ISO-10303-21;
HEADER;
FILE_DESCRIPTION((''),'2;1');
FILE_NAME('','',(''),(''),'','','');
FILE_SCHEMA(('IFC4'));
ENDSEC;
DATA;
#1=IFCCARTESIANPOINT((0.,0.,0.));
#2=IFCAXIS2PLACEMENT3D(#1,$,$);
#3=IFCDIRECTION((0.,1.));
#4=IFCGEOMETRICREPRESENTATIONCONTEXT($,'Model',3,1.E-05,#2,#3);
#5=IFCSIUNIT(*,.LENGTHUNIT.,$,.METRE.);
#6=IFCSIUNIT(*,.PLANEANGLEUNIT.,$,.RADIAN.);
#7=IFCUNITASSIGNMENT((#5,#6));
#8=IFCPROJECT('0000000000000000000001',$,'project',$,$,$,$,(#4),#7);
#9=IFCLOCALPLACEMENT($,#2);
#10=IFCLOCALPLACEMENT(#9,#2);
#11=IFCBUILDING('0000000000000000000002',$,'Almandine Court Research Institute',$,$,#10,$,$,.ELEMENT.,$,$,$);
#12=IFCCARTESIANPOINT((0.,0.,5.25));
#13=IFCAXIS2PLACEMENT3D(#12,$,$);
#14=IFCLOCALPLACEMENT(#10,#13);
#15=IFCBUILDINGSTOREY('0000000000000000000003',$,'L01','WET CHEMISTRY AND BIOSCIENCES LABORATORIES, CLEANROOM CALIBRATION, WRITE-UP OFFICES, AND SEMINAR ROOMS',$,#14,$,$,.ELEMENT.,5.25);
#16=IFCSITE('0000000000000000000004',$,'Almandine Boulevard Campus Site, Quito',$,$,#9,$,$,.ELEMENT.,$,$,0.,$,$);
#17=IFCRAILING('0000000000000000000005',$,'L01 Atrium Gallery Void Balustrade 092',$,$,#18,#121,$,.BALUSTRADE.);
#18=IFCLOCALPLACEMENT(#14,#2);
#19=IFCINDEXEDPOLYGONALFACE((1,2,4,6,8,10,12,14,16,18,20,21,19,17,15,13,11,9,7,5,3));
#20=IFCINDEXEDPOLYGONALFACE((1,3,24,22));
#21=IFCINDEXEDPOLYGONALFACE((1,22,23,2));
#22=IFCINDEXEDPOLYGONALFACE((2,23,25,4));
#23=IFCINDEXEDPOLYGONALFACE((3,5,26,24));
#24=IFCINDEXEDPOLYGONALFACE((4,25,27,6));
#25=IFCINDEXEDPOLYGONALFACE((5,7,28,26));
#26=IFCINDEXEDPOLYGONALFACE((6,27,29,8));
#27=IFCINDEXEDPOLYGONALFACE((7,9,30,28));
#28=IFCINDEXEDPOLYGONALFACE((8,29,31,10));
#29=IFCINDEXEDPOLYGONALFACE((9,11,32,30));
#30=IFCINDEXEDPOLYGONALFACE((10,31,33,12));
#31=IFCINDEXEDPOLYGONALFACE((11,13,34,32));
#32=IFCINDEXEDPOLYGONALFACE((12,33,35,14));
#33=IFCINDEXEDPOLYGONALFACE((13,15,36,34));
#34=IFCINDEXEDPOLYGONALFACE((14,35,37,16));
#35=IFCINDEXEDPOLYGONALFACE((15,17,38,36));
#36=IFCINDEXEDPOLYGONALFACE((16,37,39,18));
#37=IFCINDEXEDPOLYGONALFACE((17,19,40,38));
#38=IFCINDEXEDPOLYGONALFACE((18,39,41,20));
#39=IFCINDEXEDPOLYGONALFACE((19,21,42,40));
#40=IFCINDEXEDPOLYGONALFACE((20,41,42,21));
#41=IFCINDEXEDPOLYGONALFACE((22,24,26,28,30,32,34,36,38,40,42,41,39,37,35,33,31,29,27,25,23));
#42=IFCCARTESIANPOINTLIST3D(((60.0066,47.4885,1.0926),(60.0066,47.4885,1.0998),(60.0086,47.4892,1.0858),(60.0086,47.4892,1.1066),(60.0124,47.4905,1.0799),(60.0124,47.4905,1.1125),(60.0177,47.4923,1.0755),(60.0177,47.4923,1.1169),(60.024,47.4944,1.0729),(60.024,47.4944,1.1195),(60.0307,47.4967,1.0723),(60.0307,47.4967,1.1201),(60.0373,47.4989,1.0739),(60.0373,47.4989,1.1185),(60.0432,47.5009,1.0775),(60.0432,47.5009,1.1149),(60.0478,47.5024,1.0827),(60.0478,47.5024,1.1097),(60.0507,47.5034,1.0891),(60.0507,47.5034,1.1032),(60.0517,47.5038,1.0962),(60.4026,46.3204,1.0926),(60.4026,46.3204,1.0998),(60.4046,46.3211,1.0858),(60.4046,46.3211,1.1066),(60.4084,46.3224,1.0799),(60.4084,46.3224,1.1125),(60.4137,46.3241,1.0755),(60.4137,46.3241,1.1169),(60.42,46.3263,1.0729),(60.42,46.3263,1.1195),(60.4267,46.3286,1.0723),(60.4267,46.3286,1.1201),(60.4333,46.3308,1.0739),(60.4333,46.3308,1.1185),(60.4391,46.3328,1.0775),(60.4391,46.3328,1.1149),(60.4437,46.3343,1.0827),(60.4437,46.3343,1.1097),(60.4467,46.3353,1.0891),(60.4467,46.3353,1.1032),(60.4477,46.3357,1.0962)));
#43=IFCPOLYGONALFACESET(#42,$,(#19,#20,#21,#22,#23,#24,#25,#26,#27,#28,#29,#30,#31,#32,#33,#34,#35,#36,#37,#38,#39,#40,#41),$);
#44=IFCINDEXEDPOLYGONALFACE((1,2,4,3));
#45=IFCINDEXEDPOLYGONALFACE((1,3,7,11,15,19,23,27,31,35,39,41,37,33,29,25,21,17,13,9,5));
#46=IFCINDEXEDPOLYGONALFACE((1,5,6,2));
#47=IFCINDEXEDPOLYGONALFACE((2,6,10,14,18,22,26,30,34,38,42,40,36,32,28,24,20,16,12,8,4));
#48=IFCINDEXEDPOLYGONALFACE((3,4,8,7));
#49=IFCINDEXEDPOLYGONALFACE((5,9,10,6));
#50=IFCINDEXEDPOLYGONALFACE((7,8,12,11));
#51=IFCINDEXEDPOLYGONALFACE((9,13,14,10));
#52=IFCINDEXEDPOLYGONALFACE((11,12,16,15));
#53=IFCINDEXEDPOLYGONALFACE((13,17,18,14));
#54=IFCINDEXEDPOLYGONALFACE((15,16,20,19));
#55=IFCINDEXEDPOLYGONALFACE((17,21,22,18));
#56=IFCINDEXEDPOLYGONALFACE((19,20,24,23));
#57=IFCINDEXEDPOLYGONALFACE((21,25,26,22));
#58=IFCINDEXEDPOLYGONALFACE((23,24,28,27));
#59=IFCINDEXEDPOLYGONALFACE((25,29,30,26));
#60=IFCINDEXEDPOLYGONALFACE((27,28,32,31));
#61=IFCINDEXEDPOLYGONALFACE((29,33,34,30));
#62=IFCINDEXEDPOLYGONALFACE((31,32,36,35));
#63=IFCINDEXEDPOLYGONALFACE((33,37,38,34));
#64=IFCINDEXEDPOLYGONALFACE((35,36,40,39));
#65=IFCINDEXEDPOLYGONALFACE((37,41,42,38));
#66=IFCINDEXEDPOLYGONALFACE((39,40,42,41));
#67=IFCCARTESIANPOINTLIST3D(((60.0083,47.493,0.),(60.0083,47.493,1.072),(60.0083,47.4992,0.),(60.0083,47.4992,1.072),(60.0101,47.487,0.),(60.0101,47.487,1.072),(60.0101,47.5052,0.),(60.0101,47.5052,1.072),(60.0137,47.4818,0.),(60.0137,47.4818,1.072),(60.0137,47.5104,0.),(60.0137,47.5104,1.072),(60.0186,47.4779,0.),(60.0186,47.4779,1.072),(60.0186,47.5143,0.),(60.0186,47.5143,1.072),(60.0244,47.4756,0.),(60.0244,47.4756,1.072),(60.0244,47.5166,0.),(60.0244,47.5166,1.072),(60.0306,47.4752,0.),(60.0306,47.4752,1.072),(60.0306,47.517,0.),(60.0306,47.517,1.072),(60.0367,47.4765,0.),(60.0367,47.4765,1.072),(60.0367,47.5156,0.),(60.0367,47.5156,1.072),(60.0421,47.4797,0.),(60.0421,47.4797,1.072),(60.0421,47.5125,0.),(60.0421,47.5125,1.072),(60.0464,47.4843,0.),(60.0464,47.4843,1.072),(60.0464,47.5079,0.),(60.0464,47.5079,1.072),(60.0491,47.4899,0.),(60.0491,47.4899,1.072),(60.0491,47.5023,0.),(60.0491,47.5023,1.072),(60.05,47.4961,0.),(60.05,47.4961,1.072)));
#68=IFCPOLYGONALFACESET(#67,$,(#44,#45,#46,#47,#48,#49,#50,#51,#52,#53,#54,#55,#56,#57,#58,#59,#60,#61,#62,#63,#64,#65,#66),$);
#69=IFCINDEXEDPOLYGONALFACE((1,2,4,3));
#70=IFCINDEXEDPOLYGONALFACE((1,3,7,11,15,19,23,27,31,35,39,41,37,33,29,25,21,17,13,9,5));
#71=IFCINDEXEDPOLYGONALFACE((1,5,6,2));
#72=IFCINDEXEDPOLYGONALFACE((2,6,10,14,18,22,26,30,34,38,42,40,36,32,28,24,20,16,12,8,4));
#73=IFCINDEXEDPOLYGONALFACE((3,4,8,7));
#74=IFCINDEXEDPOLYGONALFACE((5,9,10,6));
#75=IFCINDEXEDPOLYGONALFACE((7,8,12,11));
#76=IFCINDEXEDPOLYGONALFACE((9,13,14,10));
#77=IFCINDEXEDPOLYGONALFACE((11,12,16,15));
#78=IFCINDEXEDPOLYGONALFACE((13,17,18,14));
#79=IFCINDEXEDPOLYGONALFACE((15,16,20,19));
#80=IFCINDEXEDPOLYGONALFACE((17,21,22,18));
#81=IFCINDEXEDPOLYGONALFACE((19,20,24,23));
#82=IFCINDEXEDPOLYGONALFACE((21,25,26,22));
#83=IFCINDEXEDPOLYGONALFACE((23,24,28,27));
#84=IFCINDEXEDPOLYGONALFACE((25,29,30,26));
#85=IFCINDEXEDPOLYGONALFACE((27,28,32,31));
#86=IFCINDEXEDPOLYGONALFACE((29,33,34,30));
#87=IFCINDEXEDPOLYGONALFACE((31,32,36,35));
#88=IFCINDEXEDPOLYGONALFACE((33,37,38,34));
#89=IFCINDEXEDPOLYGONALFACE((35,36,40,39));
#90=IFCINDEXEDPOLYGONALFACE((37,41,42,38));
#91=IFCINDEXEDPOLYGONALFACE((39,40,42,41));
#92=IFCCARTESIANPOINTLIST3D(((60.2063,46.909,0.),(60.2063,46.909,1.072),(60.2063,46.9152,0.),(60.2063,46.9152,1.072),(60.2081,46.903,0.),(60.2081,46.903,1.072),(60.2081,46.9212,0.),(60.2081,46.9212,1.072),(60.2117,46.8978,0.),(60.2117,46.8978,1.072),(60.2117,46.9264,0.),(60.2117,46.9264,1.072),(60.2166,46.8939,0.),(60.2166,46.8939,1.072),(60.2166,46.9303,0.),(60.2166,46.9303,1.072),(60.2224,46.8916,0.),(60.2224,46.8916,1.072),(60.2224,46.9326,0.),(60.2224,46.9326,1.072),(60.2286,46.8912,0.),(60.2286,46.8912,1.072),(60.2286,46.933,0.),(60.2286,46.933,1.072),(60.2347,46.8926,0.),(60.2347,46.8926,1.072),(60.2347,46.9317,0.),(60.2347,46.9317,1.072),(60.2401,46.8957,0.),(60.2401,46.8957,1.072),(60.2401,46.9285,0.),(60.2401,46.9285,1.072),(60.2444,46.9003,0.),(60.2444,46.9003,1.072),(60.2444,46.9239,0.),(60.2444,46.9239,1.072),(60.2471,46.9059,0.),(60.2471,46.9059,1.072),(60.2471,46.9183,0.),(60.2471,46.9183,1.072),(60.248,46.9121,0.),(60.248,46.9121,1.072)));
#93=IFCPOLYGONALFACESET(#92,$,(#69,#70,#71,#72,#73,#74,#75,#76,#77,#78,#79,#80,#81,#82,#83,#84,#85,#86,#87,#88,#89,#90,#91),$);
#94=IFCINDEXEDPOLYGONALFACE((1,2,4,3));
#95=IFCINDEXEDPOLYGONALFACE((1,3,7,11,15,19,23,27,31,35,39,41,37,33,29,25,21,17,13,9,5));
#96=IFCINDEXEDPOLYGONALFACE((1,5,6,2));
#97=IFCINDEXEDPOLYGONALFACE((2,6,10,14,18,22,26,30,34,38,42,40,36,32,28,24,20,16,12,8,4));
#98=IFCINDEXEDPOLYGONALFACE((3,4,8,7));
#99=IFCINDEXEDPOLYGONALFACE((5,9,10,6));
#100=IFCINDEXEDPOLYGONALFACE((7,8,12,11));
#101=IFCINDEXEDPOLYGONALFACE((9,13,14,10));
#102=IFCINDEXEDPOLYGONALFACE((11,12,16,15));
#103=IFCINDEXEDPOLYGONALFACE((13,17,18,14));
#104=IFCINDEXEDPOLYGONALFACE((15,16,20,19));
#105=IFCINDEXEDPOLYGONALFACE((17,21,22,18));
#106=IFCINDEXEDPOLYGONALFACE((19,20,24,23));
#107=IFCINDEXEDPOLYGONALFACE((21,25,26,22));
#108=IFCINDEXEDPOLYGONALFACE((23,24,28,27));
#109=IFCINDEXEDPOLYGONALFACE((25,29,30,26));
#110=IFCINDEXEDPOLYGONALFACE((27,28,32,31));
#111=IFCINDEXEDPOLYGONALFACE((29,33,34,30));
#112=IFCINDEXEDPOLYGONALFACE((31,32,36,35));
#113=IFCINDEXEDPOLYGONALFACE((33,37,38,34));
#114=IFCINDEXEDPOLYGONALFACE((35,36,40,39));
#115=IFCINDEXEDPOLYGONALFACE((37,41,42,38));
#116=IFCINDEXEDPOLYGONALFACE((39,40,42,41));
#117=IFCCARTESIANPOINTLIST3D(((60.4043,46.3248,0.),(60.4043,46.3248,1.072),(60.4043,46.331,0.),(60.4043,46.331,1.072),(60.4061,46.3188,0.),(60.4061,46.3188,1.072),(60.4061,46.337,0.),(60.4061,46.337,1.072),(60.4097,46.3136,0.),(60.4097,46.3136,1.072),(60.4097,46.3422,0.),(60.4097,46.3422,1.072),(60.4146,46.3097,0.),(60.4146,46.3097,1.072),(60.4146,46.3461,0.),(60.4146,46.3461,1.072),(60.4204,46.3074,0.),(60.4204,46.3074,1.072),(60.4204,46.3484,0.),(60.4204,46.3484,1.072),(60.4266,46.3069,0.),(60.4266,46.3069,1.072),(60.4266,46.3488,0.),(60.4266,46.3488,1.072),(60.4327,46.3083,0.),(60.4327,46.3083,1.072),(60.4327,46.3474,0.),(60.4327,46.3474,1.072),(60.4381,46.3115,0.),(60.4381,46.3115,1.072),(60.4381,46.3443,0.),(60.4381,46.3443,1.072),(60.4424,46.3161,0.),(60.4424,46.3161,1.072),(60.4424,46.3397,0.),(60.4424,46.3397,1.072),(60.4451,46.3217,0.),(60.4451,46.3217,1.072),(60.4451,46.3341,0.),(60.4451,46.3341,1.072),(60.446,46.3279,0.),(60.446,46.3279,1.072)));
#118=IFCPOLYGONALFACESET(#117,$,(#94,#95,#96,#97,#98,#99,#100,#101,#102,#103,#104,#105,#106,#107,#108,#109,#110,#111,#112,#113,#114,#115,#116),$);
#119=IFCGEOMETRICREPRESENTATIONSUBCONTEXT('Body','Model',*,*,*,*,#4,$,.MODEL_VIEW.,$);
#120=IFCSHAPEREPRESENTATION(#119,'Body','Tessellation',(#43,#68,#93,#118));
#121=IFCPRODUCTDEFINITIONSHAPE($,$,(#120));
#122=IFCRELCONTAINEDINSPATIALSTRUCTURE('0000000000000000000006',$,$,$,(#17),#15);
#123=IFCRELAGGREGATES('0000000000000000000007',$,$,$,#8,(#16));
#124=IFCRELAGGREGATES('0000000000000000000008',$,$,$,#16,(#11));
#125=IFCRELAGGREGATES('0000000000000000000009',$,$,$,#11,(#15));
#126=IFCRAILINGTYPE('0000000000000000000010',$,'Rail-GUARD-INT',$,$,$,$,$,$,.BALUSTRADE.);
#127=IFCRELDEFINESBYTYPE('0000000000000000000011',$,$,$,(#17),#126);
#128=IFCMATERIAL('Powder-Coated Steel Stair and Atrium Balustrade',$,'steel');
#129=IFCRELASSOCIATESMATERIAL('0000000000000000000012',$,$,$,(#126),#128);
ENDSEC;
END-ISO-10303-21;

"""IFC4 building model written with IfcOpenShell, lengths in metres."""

from ifc_helpers import new_model, si_unit, direction, frame, origin, origin_2d, place, context, subcontext, project, spatial, circle, extrude, material, type_object, element, save


model = new_model("IFC4")

# Units and contexts
model_context = context("Model", 3, precision=1e-05, world=origin(), true_north=direction((0.0, 1.0)))
body_context = subcontext(model_context, "Body", "Model", "MODEL_VIEW")
ifc_project = project(units=[si_unit("LENGTHUNIT", "METRE"), si_unit("PLANEANGLEUNIT", "RADIAN")], contexts=[model_context])

# Site, building, storey
site_placement = place(None, origin())
site = spatial("IfcSite", under=ifc_project, at=site_placement, Name="Almandine Boulevard Campus Site, Quito", CompositionType="ELEMENT", RefElevation=0.0)
building_placement = place(site_placement, origin())
building = spatial("IfcBuilding", under=site, at=building_placement, Name="Almandine Court Research Institute", CompositionType="ELEMENT")
storey_placement = place(building_placement, frame((0.0, 0.0, 5.25)))
storey = spatial("IfcBuildingStorey", under=building, at=storey_placement, Name="L01", Description="WET CHEMISTRY AND BIOSCIENCES LABORATORIES, CLEANROOM CALIBRATION, WRITE-UP OFFICES, AND SEMINAR ROOMS", CompositionType="ELEMENT", Elevation=5.25)

# Railing
ifc_material_1 = material(Name="Powder-Coated Steel Stair and Atrium Balustrade", Category="steel")
railing_type = type_object("IfcRailingType", Name="Rail-GUARD-INT", PredefinedType="BALUSTRADE", material=ifc_material_1)
railing_1_placement = place(storey_placement, frame((60.0291, 47.4961, 0.0)))
element("IfcRailing", 1, at=railing_1_placement, inside=storey, type_object=railing_type, Name="L01 Atrium Gallery Void Balustrade 092", PredefinedType="BALUSTRADE", context=body_context, shape_type="SweptSolid", body=[
    extrude(circle(Radius=0.0239, at=origin_2d()), frame((0.0, 0.0, 1.0962), z_axis=(0.321033, -0.947068, 0.0), x_axis=(0.947068, 0.321033, 0.0)), (0.0, 0.0, 1.0), 1.2334),
    extrude(circle(Radius=0.021, at=origin_2d()), origin(), (0.0, 0.0, 1.0), 1.072),
    extrude(circle(Radius=0.021, at=origin_2d()), frame((0.198, -0.584, 0.0)), (0.0, 0.0, 1.0), 1.072),
    extrude(circle(Radius=0.021, at=origin_2d()), frame((0.396, -1.1682, 0.0)), (0.0, 0.0, 1.0), 1.072),
])

save(model, "model.ifc")
